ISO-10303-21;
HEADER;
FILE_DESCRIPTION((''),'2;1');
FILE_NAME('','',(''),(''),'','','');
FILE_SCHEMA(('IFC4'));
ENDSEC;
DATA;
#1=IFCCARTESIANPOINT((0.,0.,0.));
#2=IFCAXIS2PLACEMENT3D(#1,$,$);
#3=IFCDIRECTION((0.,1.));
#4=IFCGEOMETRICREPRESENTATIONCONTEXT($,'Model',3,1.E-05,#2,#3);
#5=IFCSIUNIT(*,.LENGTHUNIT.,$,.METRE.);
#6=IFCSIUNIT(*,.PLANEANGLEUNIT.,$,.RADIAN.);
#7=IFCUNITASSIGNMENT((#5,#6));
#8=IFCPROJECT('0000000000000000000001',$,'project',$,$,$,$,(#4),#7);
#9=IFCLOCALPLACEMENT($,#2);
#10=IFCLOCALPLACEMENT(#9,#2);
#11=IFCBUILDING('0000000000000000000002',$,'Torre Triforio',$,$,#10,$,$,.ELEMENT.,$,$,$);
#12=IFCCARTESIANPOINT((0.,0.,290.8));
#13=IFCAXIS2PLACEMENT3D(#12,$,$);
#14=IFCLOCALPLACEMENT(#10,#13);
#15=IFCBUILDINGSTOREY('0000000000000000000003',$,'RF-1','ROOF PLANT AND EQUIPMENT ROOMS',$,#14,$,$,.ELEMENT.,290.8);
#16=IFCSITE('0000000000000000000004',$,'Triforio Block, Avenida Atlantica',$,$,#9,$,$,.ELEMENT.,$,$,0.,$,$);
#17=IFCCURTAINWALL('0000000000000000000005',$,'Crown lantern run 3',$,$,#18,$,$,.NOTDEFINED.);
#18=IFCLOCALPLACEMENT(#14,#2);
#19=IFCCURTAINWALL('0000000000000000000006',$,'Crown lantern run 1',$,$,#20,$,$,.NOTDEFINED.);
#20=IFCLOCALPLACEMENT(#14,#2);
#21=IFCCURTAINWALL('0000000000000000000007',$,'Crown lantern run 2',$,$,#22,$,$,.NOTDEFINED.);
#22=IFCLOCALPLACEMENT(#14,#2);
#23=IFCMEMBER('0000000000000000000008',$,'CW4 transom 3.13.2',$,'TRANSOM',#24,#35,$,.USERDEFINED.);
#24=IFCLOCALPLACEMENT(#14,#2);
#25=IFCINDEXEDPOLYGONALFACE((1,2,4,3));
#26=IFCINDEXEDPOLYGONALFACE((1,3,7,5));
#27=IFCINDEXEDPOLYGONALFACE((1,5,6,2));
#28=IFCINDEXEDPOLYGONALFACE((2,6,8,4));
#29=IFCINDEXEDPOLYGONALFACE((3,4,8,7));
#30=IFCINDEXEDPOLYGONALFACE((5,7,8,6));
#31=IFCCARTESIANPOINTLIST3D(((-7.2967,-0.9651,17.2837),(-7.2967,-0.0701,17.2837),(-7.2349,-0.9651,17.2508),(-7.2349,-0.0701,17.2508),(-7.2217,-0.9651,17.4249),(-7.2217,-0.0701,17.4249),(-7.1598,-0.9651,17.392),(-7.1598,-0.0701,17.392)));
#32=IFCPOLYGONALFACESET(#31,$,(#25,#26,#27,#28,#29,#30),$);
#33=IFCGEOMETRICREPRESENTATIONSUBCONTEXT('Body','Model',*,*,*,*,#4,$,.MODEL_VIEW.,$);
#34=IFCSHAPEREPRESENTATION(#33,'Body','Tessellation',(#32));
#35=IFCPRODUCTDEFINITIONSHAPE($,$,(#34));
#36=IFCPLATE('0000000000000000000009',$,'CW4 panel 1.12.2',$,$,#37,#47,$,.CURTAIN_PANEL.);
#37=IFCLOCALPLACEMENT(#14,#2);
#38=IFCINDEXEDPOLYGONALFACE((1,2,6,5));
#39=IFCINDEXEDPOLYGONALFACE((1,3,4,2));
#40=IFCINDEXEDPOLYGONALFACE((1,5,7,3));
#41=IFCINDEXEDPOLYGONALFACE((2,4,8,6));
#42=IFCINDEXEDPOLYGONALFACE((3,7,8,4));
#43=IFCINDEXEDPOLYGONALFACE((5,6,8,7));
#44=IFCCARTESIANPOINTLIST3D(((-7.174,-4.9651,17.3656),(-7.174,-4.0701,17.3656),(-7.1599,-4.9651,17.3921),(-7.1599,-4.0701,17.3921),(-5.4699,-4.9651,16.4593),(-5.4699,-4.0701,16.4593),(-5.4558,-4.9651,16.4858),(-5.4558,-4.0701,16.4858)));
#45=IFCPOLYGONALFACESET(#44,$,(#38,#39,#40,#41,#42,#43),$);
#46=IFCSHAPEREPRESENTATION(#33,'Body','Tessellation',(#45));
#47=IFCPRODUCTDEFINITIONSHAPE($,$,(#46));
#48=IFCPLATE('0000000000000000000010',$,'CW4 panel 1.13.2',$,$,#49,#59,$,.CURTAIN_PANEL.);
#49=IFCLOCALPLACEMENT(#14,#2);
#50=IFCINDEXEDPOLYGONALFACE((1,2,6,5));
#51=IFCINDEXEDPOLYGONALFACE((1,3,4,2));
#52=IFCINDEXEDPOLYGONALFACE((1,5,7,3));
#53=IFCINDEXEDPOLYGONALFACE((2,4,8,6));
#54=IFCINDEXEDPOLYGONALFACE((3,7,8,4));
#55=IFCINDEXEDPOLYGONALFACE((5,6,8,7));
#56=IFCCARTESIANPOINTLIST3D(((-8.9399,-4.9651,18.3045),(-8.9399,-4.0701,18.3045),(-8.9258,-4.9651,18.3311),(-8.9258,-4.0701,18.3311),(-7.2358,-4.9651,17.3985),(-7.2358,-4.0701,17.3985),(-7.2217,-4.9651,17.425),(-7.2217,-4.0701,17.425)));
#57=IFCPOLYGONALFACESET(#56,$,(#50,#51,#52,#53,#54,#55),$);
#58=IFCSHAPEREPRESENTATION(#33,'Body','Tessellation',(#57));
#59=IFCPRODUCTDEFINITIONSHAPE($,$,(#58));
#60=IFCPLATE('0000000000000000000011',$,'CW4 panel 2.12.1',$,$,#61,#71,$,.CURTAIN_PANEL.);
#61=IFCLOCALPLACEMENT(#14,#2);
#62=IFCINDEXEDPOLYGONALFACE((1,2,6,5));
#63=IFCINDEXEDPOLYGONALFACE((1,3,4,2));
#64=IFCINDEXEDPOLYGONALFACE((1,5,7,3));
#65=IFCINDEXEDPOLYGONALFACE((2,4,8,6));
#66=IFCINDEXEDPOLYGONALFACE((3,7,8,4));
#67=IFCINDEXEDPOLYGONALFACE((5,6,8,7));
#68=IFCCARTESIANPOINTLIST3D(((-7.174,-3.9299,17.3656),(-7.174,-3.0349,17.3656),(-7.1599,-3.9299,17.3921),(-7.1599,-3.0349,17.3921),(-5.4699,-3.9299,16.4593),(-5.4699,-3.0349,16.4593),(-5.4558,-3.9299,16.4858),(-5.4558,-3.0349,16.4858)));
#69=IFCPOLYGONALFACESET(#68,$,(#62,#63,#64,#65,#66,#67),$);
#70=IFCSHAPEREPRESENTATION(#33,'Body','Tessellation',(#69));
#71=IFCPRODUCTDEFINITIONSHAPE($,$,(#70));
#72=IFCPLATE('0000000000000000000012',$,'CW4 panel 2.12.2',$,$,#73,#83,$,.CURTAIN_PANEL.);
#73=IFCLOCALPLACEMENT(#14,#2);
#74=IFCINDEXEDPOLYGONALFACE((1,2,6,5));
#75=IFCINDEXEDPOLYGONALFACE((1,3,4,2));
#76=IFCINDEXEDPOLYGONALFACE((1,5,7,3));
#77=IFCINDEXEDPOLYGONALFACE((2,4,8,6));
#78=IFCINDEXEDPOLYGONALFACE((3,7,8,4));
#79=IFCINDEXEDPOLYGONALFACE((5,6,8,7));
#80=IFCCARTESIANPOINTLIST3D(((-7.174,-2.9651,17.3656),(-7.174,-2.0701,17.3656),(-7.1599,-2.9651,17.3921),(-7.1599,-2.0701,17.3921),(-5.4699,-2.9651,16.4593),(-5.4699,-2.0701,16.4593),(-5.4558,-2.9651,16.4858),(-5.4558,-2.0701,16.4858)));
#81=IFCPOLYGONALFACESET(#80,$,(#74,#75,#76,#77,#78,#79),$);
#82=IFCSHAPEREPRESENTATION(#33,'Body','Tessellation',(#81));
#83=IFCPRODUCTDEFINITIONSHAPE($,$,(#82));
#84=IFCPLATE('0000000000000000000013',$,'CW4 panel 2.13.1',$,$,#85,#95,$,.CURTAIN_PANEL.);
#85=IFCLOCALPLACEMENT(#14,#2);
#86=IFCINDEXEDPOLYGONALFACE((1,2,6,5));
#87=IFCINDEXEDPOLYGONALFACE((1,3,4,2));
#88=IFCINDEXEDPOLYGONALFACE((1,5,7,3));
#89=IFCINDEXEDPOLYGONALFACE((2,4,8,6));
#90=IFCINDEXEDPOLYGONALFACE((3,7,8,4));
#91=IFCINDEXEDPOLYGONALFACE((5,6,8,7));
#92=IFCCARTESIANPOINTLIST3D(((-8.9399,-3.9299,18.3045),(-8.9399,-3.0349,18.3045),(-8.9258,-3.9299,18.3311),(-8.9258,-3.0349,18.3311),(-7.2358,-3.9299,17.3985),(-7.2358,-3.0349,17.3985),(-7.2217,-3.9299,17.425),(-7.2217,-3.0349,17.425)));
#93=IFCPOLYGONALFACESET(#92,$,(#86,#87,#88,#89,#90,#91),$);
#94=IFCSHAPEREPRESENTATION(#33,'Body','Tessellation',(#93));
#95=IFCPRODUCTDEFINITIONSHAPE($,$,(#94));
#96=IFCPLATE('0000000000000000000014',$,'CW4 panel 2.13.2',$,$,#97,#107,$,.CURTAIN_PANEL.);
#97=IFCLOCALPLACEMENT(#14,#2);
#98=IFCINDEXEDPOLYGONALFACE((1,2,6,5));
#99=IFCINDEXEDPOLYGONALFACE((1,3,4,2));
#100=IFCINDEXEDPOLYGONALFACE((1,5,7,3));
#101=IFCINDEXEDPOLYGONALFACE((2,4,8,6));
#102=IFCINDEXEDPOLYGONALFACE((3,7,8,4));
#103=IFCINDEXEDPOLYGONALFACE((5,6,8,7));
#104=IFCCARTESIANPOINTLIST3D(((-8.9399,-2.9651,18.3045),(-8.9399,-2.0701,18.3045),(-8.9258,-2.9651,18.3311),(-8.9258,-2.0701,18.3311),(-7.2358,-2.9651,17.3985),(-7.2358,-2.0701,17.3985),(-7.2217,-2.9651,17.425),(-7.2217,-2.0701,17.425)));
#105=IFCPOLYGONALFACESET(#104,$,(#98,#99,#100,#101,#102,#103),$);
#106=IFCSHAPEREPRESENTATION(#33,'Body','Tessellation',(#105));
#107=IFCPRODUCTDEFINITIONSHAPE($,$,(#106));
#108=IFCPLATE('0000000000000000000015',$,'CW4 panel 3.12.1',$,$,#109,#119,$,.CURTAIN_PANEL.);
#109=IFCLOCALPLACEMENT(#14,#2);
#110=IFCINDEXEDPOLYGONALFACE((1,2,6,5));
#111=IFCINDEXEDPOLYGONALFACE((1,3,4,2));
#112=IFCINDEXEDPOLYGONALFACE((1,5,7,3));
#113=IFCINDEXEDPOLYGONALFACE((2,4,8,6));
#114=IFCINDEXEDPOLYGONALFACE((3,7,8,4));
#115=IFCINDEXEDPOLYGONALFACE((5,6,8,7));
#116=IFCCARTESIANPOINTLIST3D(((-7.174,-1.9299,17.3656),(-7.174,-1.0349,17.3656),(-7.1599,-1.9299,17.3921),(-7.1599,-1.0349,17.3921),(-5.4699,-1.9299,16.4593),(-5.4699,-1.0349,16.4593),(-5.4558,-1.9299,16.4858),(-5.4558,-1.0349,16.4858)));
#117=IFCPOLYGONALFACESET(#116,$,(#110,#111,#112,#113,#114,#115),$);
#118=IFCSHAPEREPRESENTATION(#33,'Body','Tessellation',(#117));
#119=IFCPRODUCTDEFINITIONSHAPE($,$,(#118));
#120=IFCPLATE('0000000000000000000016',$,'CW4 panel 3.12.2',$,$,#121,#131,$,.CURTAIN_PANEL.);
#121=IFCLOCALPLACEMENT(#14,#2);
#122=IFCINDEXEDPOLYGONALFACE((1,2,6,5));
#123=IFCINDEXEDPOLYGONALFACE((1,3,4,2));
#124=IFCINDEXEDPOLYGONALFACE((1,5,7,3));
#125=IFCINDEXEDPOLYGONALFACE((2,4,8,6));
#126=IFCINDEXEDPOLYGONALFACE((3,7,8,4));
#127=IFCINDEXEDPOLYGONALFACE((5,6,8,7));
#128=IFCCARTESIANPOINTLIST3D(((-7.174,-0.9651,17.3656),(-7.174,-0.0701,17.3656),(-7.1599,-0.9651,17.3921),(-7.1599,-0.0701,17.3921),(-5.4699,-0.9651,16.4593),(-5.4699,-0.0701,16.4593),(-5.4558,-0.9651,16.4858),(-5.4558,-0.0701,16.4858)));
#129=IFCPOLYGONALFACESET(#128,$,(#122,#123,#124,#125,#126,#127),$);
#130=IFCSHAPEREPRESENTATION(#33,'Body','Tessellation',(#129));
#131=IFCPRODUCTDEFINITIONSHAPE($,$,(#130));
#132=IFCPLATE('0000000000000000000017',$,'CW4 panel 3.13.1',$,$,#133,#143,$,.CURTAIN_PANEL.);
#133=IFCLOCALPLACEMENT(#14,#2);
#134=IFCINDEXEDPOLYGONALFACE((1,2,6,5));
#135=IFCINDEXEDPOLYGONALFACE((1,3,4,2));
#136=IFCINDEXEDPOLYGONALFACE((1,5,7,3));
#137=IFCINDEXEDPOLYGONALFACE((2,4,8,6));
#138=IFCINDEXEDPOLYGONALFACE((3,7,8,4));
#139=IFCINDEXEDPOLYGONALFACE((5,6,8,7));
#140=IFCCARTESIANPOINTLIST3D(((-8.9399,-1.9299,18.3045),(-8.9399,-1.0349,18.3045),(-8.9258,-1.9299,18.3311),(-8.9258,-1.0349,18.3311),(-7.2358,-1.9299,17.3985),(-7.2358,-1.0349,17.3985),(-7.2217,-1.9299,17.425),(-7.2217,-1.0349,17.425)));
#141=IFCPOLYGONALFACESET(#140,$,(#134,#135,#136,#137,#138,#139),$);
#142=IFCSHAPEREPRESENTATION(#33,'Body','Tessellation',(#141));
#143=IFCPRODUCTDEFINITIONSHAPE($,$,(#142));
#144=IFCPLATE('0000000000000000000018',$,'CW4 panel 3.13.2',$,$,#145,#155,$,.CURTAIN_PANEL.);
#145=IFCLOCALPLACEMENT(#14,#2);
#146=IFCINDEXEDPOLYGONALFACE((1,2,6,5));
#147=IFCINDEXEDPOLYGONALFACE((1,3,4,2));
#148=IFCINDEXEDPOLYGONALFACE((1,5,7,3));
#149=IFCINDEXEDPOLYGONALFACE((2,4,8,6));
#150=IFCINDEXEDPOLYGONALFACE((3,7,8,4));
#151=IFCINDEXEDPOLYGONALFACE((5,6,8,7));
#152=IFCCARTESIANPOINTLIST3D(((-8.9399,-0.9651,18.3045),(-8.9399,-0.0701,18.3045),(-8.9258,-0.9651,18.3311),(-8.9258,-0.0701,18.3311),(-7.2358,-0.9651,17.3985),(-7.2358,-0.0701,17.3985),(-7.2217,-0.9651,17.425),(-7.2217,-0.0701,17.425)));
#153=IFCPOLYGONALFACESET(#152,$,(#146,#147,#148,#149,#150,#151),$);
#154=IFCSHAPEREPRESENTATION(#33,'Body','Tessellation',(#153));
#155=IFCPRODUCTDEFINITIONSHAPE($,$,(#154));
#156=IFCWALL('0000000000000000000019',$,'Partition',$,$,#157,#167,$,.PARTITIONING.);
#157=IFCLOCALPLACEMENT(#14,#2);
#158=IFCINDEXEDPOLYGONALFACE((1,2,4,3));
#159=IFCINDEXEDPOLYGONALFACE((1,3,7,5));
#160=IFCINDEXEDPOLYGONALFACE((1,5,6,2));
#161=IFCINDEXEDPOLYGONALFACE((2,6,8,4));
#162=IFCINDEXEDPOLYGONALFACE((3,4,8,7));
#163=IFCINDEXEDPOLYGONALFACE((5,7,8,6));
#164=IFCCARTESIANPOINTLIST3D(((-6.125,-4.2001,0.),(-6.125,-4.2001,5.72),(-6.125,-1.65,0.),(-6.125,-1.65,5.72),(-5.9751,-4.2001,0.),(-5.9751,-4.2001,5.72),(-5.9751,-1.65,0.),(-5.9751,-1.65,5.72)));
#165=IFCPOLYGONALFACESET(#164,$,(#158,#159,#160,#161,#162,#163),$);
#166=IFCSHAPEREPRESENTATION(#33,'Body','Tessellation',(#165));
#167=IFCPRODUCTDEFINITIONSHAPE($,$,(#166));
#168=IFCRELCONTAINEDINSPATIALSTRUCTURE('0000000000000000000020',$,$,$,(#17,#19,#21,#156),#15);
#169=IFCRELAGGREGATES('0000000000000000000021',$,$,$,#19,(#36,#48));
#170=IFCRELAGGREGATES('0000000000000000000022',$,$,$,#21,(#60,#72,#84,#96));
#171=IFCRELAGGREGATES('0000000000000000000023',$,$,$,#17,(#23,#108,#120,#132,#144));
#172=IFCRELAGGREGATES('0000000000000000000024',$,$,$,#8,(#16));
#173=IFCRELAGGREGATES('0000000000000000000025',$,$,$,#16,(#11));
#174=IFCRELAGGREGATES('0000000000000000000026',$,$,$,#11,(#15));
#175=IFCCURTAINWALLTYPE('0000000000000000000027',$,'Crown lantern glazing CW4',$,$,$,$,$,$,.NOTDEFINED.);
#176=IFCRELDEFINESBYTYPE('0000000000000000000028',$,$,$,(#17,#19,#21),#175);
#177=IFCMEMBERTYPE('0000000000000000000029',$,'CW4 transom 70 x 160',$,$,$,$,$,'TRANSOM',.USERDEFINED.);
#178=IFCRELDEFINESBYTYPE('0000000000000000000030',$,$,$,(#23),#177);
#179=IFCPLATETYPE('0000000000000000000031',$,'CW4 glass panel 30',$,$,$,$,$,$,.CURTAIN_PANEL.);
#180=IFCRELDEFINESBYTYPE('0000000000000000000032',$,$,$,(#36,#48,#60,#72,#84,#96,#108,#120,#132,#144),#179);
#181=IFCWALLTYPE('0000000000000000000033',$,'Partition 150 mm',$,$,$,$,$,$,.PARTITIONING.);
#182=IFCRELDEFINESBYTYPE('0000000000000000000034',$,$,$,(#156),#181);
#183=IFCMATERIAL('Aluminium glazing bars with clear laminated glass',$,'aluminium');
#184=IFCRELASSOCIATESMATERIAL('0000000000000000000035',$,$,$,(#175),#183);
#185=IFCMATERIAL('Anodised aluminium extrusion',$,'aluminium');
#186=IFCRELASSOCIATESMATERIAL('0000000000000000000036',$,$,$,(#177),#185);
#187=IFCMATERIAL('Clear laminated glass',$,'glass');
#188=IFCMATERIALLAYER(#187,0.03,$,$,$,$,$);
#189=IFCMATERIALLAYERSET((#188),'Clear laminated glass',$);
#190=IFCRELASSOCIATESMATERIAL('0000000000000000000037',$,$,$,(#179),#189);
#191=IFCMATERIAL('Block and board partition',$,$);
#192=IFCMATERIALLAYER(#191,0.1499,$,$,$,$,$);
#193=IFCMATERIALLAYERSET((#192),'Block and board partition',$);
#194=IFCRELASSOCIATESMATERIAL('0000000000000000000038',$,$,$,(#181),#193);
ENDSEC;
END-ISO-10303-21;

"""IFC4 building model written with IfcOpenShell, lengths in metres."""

from ifc_helpers import new_model, si_unit, direction, frame, frame_2d, origin, origin_2d, place, context, subcontext, project, spatial, polyline, rectangle, outline, extrude, material, layer, layer_set, material_profile, profile_set, type_object, element, aggregate, save


model = new_model("IFC4")

# Units and contexts
model_context = context("Model", 3, precision=1e-05, world=origin(), true_north=direction((0.0, 1.0)))
body_context = subcontext(model_context, "Body", "Model", "MODEL_VIEW")
ifc_project = project(units=[si_unit("LENGTHUNIT", "METRE"), si_unit("PLANEANGLEUNIT", "RADIAN")], contexts=[model_context])

# Site, building, storey
site_placement = place(None, origin())
site = spatial("IfcSite", under=ifc_project, at=site_placement, Name="Triforio Block, Avenida Atlantica", CompositionType="ELEMENT", RefElevation=0.0)
building_placement = place(site_placement, origin())
building = spatial("IfcBuilding", under=site, at=building_placement, Name="Torre Triforio", CompositionType="ELEMENT")
storey_placement = place(building_placement, frame((0.0, 0.0, 290.8)))
storey = spatial("IfcBuildingStorey", under=building, at=storey_placement, Name="RF-1", Description="ROOF PLANT AND EQUIPMENT ROOMS", CompositionType="ELEMENT", Elevation=290.8)

# Curtain wall
ifc_material_1 = material(Name="Aluminium glazing bars with clear laminated glass", Category="aluminium")
curtain_wall_type = type_object("IfcCurtainWallType", Name="Crown lantern glazing CW4", PredefinedType="NOTDEFINED", material=ifc_material_1)
curtain_wall_1_placement = place(storey_placement, origin())
curtain_wall_1 = element("IfcCurtainWall", 1, at=curtain_wall_1_placement, inside=storey, type_object=curtain_wall_type, Name="Crown lantern run 3", PredefinedType="NOTDEFINED")
ifc_material_2 = material(Name="Anodised aluminium extrusion", Category="aluminium")

# Curtain walls
curtain_wall_2_placement = place(storey_placement, origin())
curtain_wall_2 = element("IfcCurtainWall", 2, at=curtain_wall_2_placement, inside=storey, type_object=curtain_wall_type, Name="Crown lantern run 1", PredefinedType="NOTDEFINED")
ifc_material_profile_1 = material_profile(ifc_material_2, rectangle(XDim=0.0701, YDim=0.1599, at=origin_2d()), Name="CW4 TRANSOM 70x160")
ifc_profile_set_1 = profile_set([ifc_material_profile_1], Name="Anodised aluminium extrusion")
member_type_1 = type_object("IfcMemberType", Name="CW4 transom 70 x 160", ElementType="TRANSOM", PredefinedType="USERDEFINED", material=ifc_profile_set_1)
curtain_wall_3_placement = place(storey_placement, origin())
curtain_wall_3 = element("IfcCurtainWall", 3, at=curtain_wall_3_placement, inside=storey, type_object=curtain_wall_type, Name="Crown lantern run 2", PredefinedType="NOTDEFINED")

# Member
member_1_placement = place(storey_placement, frame((-7.2283, -0.9651, 17.3379), z_axis=(0.0, 1.0, 0.0), x_axis=(-0.882948, 0.0, 0.469472)))
member_1 = element("IfcMember", 4, at=member_1_placement, type_object=member_type_1, Name="CW4 transom 3.13.2", ObjectType="TRANSOM", PredefinedType="USERDEFINED", context=body_context, shape_type="SweptSolid", body=[
    extrude(rectangle(XDim=0.0701, YDim=0.1599, at=origin_2d()), origin(), (0.0, 0.0, 1.0), 0.895),
])

# Plates
ifc_material_3 = material(Name="Clear laminated glass", Category="glass")
ifc_layer_1 = layer(ifc_material_3, 0.03)
ifc_layer_set_1 = layer_set([ifc_layer_1], Name="Clear laminated glass")
plate_type = type_object("IfcPlateType", Name="CW4 glass panel 30", PredefinedType="CURTAIN_PANEL", material=ifc_layer_set_1)
plate_1_placement = place(storey_placement, frame((-5.4558, -4.9651, 16.4858), z_axis=(0.469537, 0.0, 0.882913), x_axis=(0.0, 1.0, 0.0)))
plate_1 = element("IfcPlate", 5, at=plate_1_placement, type_object=plate_type, Name="CW4 panel 1.12.2", PredefinedType="CURTAIN_PANEL", context=body_context, shape_type="SweptSolid", body=[
    extrude(outline(polyline([(0.0, 0.0), (0.895, 0.0), (0.895, 1.9301), (0.0, 1.9301), (0.0, 0.0)])), origin(), (0.0, 0.0, -1.0), 0.03),
])
plate_2_placement = place(storey_placement, frame((-7.2217, -4.9651, 17.425), z_axis=(0.469439, 0.0, 0.882965), x_axis=(0.0, 1.0, 0.0)))
plate_2 = element("IfcPlate", 6, at=plate_2_placement, type_object=plate_type, Name="CW4 panel 1.13.2", PredefinedType="CURTAIN_PANEL", context=body_context, shape_type="SweptSolid", body=[
    extrude(outline(polyline([(0.0, 0.0), (0.895, 0.0), (0.895, 1.93), (0.0, 1.93), (0.0, 0.0)])), origin(), (0.0, 0.0, -1.0), 0.03),
])
aggregate(curtain_wall_2, [plate_1, plate_2])
plate_3_placement = place(storey_placement, frame((-5.4558, -3.9299, 16.4858), z_axis=(0.469537, 0.0, 0.882913), x_axis=(0.0, 1.0, 0.0)))
plate_3 = element("IfcPlate", 7, at=plate_3_placement, type_object=plate_type, Name="CW4 panel 2.12.1", PredefinedType="CURTAIN_PANEL", context=body_context, shape_type="SweptSolid", body=[
    extrude(outline(polyline([(0.0, 0.0), (0.895, 0.0), (0.895, 1.9301), (0.0, 1.9301), (0.0, 0.0)])), origin(), (0.0, 0.0, -1.0), 0.03),
])
plate_4_placement = place(storey_placement, frame((-5.4558, -2.9651, 16.4858), z_axis=(0.469537, 0.0, 0.882913), x_axis=(0.0, 1.0, 0.0)))
plate_4 = element("IfcPlate", 8, at=plate_4_placement, type_object=plate_type, Name="CW4 panel 2.12.2", PredefinedType="CURTAIN_PANEL", context=body_context, shape_type="SweptSolid", body=[
    extrude(outline(polyline([(0.0, 0.0), (0.895, 0.0), (0.895, 1.9301), (0.0, 1.9301), (0.0, 0.0)])), origin(), (0.0, 0.0, -1.0), 0.03),
])
plate_5_placement = place(storey_placement, frame((-7.2217, -3.9299, 17.425), z_axis=(0.469439, 0.0, 0.882965), x_axis=(0.0, 1.0, 0.0)))
plate_5 = element("IfcPlate", 9, at=plate_5_placement, type_object=plate_type, Name="CW4 panel 2.13.1", PredefinedType="CURTAIN_PANEL", context=body_context, shape_type="SweptSolid", body=[
    extrude(outline(polyline([(0.0, 0.0), (0.895, 0.0), (0.895, 1.93), (0.0, 1.93), (0.0, 0.0)])), origin(), (0.0, 0.0, -1.0), 0.03),
])
plate_6_placement = place(storey_placement, frame((-7.2217, -2.9651, 17.425), z_axis=(0.469439, 0.0, 0.882965), x_axis=(0.0, 1.0, 0.0)))
plate_6 = element("IfcPlate", 10, at=plate_6_placement, type_object=plate_type, Name="CW4 panel 2.13.2", PredefinedType="CURTAIN_PANEL", context=body_context, shape_type="SweptSolid", body=[
    extrude(outline(polyline([(0.0, 0.0), (0.895, 0.0), (0.895, 1.93), (0.0, 1.93), (0.0, 0.0)])), origin(), (0.0, 0.0, -1.0), 0.03),
])
aggregate(curtain_wall_3, [plate_3, plate_4, plate_5, plate_6])
plate_7_placement = place(storey_placement, frame((-5.4558, -1.9299, 16.4858), z_axis=(0.469537, 0.0, 0.882913), x_axis=(0.0, 1.0, 0.0)))
plate_7 = element("IfcPlate", 11, at=plate_7_placement, type_object=plate_type, Name="CW4 panel 3.12.1", PredefinedType="CURTAIN_PANEL", context=body_context, shape_type="SweptSolid", body=[
    extrude(outline(polyline([(0.0, 0.0), (0.895, 0.0), (0.895, 1.9301), (0.0, 1.9301), (0.0, 0.0)])), origin(), (0.0, 0.0, -1.0), 0.03),
])
plate_8_placement = place(storey_placement, frame((-5.4558, -0.9651, 16.4858), z_axis=(0.469537, 0.0, 0.882913), x_axis=(0.0, 1.0, 0.0)))
plate_8 = element("IfcPlate", 12, at=plate_8_placement, type_object=plate_type, Name="CW4 panel 3.12.2", PredefinedType="CURTAIN_PANEL", context=body_context, shape_type="SweptSolid", body=[
    extrude(outline(polyline([(0.0, 0.0), (0.895, 0.0), (0.895, 1.9301), (0.0, 1.9301), (0.0, 0.0)])), origin(), (0.0, 0.0, -1.0), 0.03),
])
plate_9_placement = place(storey_placement, frame((-7.2217, -1.9299, 17.425), z_axis=(0.469439, 0.0, 0.882965), x_axis=(0.0, 1.0, 0.0)))
plate_9 = element("IfcPlate", 13, at=plate_9_placement, type_object=plate_type, Name="CW4 panel 3.13.1", PredefinedType="CURTAIN_PANEL", context=body_context, shape_type="SweptSolid", body=[
    extrude(outline(polyline([(0.0, 0.0), (0.895, 0.0), (0.895, 1.93), (0.0, 1.93), (0.0, 0.0)])), origin(), (0.0, 0.0, -1.0), 0.03),
])
plate_10_placement = place(storey_placement, frame((-7.2217, -0.9651, 17.425), z_axis=(0.469439, 0.0, 0.882965), x_axis=(0.0, 1.0, 0.0)))
plate_10 = element("IfcPlate", 14, at=plate_10_placement, type_object=plate_type, Name="CW4 panel 3.13.2", PredefinedType="CURTAIN_PANEL", context=body_context, shape_type="SweptSolid", body=[
    extrude(outline(polyline([(0.0, 0.0), (0.895, 0.0), (0.895, 1.93), (0.0, 1.93), (0.0, 0.0)])), origin(), (0.0, 0.0, -1.0), 0.03),
])
aggregate(curtain_wall_1, [member_1, plate_7, plate_8, plate_9, plate_10])

# Wall
ifc_material_4 = material(Name="Block and board partition")
ifc_layer_2 = layer(ifc_material_4, 0.1499)
ifc_layer_set_2 = layer_set([ifc_layer_2], Name="Block and board partition")
wall_type = type_object("IfcWallType", Name="Partition 150 mm", PredefinedType="PARTITIONING", material=ifc_layer_set_2)
wall_placement = place(storey_placement, frame((-6.05, -4.2, 0.0), z_axis=(0.0, 0.0, 1.0), x_axis=(0.0, 1.0, 0.0)))
element("IfcWall", 15, at=wall_placement, inside=storey, type_object=wall_type, Name="Partition", PredefinedType="PARTITIONING", context=body_context, shape_type="SweptSolid", body=[
    extrude(rectangle(XDim=2.55, YDim=0.1499, at=frame_2d((1.2749, 0.0))), origin(), (0.0, 0.0, 1.0), 5.72),
])

save(model, "model.ifc")
